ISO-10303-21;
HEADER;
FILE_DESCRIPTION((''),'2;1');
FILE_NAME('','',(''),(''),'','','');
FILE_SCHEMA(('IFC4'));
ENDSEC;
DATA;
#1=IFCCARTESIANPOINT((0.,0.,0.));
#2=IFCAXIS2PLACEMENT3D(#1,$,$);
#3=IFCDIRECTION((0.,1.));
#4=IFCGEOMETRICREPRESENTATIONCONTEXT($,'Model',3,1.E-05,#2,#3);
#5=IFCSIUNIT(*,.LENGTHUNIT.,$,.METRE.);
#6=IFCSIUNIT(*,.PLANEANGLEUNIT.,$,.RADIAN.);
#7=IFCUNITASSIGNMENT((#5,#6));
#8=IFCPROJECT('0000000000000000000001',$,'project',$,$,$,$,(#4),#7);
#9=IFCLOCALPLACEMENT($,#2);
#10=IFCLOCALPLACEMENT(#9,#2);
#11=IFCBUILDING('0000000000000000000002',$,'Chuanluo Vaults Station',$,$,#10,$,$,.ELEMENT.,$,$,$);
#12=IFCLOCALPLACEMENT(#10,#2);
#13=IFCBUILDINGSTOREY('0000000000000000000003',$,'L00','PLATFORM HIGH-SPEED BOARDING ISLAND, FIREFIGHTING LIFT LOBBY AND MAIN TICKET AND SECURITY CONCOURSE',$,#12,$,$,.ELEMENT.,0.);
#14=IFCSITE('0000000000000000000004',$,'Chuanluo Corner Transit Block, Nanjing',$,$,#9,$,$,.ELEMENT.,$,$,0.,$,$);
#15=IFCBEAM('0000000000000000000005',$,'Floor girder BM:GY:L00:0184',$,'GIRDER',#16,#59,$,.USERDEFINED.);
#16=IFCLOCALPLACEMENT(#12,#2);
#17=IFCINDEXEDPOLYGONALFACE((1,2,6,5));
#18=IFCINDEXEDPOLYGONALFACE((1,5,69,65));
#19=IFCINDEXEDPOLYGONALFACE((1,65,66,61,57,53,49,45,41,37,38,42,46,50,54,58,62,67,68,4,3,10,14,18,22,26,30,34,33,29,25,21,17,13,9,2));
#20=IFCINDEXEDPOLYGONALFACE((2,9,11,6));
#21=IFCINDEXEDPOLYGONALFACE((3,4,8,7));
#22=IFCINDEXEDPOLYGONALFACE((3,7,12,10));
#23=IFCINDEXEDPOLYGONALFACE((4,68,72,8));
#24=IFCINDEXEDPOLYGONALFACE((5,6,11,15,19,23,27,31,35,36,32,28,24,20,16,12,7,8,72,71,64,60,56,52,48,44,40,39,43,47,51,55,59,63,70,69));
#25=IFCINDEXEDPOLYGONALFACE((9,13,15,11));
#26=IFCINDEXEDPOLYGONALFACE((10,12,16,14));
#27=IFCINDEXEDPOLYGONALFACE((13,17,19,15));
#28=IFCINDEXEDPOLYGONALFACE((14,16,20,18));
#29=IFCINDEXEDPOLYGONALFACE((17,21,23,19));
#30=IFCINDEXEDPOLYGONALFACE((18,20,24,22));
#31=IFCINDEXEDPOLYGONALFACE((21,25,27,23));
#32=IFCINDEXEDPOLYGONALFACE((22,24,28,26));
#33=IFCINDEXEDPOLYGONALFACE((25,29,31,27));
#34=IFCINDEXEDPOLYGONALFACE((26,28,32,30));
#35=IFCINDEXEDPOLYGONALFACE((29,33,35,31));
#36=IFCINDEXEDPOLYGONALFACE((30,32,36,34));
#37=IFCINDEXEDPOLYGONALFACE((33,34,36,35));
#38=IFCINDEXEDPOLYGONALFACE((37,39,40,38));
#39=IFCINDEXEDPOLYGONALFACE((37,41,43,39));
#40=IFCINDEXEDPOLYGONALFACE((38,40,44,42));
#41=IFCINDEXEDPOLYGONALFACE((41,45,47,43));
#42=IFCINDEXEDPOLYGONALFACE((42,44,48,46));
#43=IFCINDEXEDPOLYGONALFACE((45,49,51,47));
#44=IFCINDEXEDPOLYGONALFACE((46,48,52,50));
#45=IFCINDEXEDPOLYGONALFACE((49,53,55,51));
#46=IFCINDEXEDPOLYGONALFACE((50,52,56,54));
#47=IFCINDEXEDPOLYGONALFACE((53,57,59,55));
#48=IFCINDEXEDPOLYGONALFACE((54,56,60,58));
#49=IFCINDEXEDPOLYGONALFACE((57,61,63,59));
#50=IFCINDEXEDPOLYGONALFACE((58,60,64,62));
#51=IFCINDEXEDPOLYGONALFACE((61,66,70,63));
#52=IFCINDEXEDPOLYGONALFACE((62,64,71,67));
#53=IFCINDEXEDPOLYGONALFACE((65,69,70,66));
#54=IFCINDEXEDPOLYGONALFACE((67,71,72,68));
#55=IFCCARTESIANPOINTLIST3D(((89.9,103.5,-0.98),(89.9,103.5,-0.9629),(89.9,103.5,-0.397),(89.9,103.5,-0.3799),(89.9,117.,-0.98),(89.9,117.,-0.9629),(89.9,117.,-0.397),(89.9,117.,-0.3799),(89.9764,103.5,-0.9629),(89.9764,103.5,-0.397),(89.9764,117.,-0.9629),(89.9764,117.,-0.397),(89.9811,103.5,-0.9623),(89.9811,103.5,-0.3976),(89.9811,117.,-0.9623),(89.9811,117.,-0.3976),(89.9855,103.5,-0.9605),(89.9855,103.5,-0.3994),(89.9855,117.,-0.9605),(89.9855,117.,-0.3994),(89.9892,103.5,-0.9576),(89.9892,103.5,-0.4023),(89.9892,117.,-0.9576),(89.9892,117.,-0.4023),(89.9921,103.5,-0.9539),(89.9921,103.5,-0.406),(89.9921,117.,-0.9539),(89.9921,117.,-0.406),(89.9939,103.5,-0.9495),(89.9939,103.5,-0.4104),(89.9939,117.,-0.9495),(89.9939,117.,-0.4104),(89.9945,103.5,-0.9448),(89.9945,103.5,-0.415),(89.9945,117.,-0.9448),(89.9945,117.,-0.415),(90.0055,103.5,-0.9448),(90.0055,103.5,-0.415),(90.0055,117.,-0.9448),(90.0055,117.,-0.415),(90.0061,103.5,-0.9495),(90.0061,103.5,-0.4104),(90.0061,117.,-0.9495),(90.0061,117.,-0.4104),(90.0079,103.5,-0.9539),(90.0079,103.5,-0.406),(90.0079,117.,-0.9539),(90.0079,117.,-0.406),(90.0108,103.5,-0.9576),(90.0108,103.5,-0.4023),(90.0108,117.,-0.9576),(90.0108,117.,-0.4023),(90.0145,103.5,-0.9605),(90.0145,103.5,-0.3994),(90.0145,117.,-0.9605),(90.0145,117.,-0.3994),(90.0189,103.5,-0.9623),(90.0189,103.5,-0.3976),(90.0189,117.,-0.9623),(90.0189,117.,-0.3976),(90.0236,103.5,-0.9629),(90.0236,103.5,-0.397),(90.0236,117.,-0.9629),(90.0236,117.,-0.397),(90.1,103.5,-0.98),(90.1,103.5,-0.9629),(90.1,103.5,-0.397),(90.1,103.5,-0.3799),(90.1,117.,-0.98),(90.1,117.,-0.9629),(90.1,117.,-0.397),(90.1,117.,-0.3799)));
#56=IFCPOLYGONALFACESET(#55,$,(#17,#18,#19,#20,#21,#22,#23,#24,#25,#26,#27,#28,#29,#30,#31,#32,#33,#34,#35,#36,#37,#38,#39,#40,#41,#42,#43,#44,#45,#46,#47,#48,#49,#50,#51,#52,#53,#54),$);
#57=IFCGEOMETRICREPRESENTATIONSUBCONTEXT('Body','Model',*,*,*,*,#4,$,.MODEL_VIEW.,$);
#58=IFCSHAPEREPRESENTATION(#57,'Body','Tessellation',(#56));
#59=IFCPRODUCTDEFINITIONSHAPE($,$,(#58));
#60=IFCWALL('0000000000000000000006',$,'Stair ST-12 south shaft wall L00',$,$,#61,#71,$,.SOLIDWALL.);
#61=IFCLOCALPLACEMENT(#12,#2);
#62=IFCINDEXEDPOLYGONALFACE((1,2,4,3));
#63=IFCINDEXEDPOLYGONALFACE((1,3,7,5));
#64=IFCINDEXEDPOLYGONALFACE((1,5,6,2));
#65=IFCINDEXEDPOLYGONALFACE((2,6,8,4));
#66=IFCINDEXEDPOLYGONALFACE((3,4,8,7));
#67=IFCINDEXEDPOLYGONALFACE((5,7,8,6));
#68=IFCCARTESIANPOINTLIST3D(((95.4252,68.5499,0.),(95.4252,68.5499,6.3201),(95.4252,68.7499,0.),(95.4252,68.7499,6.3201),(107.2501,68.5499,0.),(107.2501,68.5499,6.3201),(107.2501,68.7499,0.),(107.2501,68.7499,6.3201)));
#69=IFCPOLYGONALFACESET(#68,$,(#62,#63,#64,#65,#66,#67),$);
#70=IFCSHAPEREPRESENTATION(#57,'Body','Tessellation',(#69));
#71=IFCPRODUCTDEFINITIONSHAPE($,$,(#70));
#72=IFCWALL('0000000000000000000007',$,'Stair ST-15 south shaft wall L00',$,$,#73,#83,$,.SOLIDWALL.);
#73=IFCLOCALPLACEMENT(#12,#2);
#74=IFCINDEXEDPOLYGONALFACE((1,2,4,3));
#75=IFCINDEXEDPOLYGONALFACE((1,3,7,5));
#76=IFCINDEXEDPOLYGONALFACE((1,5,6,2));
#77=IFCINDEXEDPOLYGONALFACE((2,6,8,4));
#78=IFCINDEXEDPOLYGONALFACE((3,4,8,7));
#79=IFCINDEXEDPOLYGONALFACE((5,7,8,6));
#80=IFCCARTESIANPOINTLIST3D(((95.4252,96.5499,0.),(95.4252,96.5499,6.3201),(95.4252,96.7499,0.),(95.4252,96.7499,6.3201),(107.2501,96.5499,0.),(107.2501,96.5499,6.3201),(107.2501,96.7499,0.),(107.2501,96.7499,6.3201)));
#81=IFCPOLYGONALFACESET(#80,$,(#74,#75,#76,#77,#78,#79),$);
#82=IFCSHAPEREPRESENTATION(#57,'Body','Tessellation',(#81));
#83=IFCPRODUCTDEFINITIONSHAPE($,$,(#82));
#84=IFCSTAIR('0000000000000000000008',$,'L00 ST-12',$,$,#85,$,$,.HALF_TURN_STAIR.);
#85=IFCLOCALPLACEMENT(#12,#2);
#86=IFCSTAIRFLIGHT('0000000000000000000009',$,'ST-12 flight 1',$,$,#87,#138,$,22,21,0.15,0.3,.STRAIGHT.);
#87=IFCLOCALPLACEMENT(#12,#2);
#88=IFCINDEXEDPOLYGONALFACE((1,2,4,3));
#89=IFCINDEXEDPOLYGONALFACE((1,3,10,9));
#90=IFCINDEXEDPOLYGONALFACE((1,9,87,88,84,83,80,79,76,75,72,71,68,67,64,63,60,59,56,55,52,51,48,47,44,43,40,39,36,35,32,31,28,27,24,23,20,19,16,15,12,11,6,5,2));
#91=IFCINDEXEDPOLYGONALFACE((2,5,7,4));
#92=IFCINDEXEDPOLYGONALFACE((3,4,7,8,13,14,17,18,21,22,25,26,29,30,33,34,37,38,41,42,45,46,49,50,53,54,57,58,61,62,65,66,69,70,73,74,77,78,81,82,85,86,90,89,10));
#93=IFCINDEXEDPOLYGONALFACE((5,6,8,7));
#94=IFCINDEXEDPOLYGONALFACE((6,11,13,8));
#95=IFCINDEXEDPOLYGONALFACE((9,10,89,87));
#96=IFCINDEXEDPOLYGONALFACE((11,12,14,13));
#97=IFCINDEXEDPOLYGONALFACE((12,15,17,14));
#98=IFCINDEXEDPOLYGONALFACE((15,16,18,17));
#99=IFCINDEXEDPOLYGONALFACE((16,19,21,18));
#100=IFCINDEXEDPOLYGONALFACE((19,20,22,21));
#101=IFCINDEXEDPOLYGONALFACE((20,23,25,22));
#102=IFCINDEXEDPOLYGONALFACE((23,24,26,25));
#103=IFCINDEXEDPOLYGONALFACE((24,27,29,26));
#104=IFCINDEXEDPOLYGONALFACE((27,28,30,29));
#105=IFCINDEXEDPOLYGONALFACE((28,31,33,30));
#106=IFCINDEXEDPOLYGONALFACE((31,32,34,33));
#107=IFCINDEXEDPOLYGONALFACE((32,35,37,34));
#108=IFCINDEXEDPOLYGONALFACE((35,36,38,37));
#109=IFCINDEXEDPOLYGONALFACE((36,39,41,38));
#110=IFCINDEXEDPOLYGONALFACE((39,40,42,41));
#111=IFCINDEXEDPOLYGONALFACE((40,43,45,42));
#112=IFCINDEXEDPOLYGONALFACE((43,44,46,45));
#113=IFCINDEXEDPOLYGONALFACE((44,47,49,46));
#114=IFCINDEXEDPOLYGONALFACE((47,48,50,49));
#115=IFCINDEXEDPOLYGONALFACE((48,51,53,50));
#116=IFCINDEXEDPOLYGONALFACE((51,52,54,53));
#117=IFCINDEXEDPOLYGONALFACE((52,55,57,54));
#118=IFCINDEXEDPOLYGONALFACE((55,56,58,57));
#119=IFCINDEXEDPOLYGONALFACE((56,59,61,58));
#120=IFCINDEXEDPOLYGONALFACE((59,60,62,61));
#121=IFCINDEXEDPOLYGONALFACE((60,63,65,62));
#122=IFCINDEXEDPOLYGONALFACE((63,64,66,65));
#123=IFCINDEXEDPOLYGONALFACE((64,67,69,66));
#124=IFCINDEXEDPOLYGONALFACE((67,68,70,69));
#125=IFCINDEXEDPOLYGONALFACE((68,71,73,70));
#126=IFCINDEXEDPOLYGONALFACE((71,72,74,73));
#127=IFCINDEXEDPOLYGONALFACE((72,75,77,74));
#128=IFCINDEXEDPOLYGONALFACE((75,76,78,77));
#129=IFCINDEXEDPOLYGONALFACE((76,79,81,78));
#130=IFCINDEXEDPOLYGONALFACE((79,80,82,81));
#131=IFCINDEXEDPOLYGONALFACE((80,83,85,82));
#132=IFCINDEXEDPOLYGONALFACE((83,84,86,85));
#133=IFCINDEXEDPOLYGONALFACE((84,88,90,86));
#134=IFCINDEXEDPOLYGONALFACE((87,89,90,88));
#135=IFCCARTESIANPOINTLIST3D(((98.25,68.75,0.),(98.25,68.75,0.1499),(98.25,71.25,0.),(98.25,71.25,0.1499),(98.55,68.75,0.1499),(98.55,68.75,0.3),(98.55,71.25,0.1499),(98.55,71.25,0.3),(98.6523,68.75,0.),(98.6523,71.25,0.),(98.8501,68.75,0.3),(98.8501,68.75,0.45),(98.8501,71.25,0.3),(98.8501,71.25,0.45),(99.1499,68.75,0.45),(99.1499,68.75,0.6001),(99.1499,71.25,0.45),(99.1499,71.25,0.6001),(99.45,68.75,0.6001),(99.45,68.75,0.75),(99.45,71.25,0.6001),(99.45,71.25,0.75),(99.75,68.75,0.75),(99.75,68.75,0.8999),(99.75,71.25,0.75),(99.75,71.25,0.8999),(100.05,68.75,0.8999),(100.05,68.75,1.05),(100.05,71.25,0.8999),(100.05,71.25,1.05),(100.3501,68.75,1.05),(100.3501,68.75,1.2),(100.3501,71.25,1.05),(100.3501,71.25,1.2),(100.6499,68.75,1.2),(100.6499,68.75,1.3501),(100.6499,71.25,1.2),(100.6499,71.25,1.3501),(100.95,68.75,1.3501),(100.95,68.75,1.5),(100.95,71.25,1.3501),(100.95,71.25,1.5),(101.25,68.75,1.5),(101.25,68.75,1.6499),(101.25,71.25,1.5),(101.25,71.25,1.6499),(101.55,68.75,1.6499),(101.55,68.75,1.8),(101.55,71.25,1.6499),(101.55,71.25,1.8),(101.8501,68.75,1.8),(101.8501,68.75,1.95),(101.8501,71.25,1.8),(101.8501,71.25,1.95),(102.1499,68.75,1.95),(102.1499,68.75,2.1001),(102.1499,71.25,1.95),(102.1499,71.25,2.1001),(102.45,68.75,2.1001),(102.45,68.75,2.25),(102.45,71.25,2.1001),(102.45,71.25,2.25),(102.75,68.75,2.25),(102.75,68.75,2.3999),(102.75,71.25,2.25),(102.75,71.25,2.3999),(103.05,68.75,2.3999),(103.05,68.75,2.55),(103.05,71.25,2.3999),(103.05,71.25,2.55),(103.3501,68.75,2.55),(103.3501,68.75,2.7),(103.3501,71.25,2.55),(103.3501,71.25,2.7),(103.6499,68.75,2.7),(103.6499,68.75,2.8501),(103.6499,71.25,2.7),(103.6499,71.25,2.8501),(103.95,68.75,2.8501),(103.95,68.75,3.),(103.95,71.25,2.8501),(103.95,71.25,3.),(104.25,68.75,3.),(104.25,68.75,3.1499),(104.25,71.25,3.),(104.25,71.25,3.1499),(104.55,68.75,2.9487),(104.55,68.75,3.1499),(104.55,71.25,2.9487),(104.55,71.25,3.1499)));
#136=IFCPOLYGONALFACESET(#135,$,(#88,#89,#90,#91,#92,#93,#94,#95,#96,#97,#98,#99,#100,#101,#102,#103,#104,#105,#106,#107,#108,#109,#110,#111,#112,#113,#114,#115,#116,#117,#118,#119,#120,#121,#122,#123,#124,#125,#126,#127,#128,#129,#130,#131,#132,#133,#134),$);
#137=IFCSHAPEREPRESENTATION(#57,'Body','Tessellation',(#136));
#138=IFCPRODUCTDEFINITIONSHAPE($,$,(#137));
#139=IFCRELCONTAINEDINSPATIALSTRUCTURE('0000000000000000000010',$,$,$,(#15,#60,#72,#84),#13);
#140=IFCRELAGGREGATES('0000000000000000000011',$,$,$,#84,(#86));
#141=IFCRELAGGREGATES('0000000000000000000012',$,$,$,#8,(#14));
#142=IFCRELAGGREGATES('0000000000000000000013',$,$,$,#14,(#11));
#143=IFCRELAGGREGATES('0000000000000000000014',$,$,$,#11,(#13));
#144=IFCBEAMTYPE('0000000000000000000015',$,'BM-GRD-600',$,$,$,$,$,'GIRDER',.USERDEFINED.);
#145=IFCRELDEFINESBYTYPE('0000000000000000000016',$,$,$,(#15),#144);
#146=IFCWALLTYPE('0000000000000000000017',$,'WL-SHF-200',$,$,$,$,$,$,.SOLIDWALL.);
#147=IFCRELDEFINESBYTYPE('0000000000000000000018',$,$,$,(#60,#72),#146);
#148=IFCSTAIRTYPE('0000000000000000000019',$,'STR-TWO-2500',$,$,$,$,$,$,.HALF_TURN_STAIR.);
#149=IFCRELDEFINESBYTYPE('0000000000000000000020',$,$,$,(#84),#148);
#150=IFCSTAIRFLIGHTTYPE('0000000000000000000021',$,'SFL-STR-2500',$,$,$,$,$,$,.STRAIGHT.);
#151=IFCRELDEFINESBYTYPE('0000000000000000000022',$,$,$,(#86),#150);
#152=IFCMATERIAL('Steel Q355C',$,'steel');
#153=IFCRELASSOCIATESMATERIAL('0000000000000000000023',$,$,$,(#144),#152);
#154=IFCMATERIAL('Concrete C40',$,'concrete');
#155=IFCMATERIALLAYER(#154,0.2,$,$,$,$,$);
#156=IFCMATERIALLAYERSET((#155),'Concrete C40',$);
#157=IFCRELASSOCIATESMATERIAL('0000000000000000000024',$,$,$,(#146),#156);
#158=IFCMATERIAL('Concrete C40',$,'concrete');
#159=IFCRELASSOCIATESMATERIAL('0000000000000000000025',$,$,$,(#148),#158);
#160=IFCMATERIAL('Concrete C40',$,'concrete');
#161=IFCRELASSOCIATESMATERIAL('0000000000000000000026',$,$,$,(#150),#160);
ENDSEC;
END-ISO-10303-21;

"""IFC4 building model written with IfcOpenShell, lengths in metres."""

from ifc_helpers import new_model, si_unit, direction, frame, frame_2d, origin, origin_2d, place, context, subcontext, project, spatial, polyline, rectangle, i_section, outline, extrude, material, layer, layer_set, material_profile, profile_set, type_object, element, aggregate, save


model = new_model("IFC4")

# Units and contexts
model_context = context("Model", 3, precision=1e-05, world=origin(), true_north=direction((0.0, 1.0)))
body_context = subcontext(model_context, "Body", "Model", "MODEL_VIEW")
ifc_project = project(units=[si_unit("LENGTHUNIT", "METRE"), si_unit("PLANEANGLEUNIT", "RADIAN")], contexts=[model_context])

# Site, building, storey
site_placement = place(None, origin())
site = spatial("IfcSite", under=ifc_project, at=site_placement, Name="Chuanluo Corner Transit Block, Nanjing", CompositionType="ELEMENT", RefElevation=0.0)
building_placement = place(site_placement, origin())
building = spatial("IfcBuilding", under=site, at=building_placement, Name="Chuanluo Vaults Station", CompositionType="ELEMENT")
storey_placement = place(building_placement, origin())
storey = spatial("IfcBuildingStorey", under=building, at=storey_placement, Name="L00", Description="PLATFORM HIGH-SPEED BOARDING ISLAND, FIREFIGHTING LIFT LOBBY AND MAIN TICKET AND SECURITY CONCOURSE", CompositionType="ELEMENT", Elevation=0.0)

# Beam
ifc_material_1 = material(Name="Steel Q355C", Category="steel")
ifc_material_profile = material_profile(ifc_material_1, i_section(OverallWidth=0.2, OverallDepth=0.6001, WebThickness=0.011, FlangeThickness=0.0171, FilletRadius=0.0181, at=origin_2d()))
ifc_profile_set = profile_set([ifc_material_profile], Name="Steel Q355C")
beam_type = type_object("IfcBeamType", Name="BM-GRD-600", ElementType="GIRDER", PredefinedType="USERDEFINED", material=ifc_profile_set)
beam_placement = place(storey_placement, frame((90.0, 103.5, -0.6799), z_axis=(0.0, 1.0, 0.0), x_axis=(-1.0, 0.0, 0.0)))
element("IfcBeam", 1, at=beam_placement, inside=storey, type_object=beam_type, Name="Floor girder BM:GY:L00:0184", ObjectType="GIRDER", PredefinedType="USERDEFINED", context=body_context, shape_type="SweptSolid", body=[
    extrude(i_section(OverallWidth=0.2, OverallDepth=0.6001, WebThickness=0.011, FlangeThickness=0.0171, FilletRadius=0.0181, at=origin_2d()), origin(), (0.0, 0.0, 1.0), 13.5),
])

# Wall
ifc_material_2 = material(Name="Concrete C40", Category="concrete")
ifc_layer = layer(ifc_material_2, 0.2)
ifc_layer_set = layer_set([ifc_layer], Name="Concrete C40")
wall_type = type_object("IfcWallType", Name="WL-SHF-200", PredefinedType="SOLIDWALL", material=ifc_layer_set)
wall_1_placement = place(storey_placement, frame((95.425, 68.6499, 0.0), z_axis=(0.0, 0.0, 1.0), x_axis=(1.0, 0.0, 0.0)))
element("IfcWall", 2, at=wall_1_placement, inside=storey, type_object=wall_type, Name="Stair ST-12 south shaft wall L00", PredefinedType="SOLIDWALL", context=body_context, shape_type="SweptSolid", body=[
    extrude(rectangle(XDim=11.825, YDim=0.2, at=frame_2d((5.9126, 0.0))), origin(), (0.0, 0.0, 1.0), 6.3201),
])

# Wall
wall_2_placement = place(storey_placement, frame((95.425, 96.6499, 0.0), z_axis=(0.0, 0.0, 1.0), x_axis=(1.0, 0.0, 0.0)))
element("IfcWall", 3, at=wall_2_placement, inside=storey, type_object=wall_type, Name="Stair ST-15 south shaft wall L00", PredefinedType="SOLIDWALL", context=body_context, shape_type="SweptSolid", body=[
    extrude(rectangle(XDim=11.825, YDim=0.2, at=frame_2d((5.9126, 0.0))), origin(), (0.0, 0.0, 1.0), 6.3201),
])

# Stair, stair flight
ifc_material_3 = material(Name="Concrete C40", Category="concrete")
stair_type = type_object("IfcStairType", Name="STR-TWO-2500", PredefinedType="HALF_TURN_STAIR", material=ifc_material_3)
stair_1_placement = place(storey_placement, origin())
stair_1 = element("IfcStair", 4, at=stair_1_placement, inside=storey, type_object=stair_type, Name="L00 ST-12", PredefinedType="HALF_TURN_STAIR")
ifc_material_4 = material(Name="Concrete C40", Category="concrete")
stair_flight_type = type_object("IfcStairFlightType", Name="SFL-STR-2500", PredefinedType="STRAIGHT", material=ifc_material_4)
stair_flight_1_placement = place(storey_placement, frame((98.25, 70.0, 0.0), z_axis=(0.0, 0.0, 1.0), x_axis=(1.0, 0.0, 0.0)))
stair_flight_1 = element("IfcStairFlight", 5, at=stair_flight_1_placement, type_object=stair_flight_type, Name="ST-12 flight 1", NumberOfRisers=22, NumberOfTreads=21, PredefinedType="STRAIGHT", RiserHeight=0.15, TreadLength=0.3, context=body_context, shape_type="SweptSolid", body=[
    extrude(outline(polyline([(0.0, 0.0), (0.0, 0.1499), (0.3, 0.1499), (0.3, 0.3), (0.6001, 0.3), (0.6001, 0.45), (0.8999, 0.45), (0.8999, 0.6001), (1.2, 0.6001), (1.2, 0.75), (1.5, 0.75), (1.5, 0.8999), (1.8, 0.8999), (1.8, 1.05), (2.1001, 1.05), (2.1001, 1.2), (2.3999, 1.2), (2.3999, 1.3501), (2.7, 1.3501), (2.7, 1.5), (3.0, 1.5), (3.0, 1.6499), (3.3, 1.6499), (3.3, 1.8), (3.6001, 1.8), (3.6001, 1.95), (3.8999, 1.95), (3.8999, 2.1001), (4.2, 2.1001), (4.2, 2.25), (4.5, 2.25), (4.5, 2.3999), (4.8, 2.3999), (4.8, 2.55), (5.1001, 2.55), (5.1001, 2.7), (5.3999, 2.7), (5.3999, 2.8501), (5.7, 2.8501), (5.7, 3.0), (6.0, 3.0), (6.0, 3.1499), (6.3, 3.1499), (6.3, 3.3), (6.3, 2.9487), (0.4023, 0.0), (0.0, 0.0)])), frame((0.0, 1.25, 0.0), z_axis=(0.0, -1.0, 0.0), x_axis=(1.0, 0.0, 0.0)), (0.0, 0.0, 1.0), 2.5),
])
aggregate(stair_1, [stair_flight_1])

save(model, "model.ifc")
